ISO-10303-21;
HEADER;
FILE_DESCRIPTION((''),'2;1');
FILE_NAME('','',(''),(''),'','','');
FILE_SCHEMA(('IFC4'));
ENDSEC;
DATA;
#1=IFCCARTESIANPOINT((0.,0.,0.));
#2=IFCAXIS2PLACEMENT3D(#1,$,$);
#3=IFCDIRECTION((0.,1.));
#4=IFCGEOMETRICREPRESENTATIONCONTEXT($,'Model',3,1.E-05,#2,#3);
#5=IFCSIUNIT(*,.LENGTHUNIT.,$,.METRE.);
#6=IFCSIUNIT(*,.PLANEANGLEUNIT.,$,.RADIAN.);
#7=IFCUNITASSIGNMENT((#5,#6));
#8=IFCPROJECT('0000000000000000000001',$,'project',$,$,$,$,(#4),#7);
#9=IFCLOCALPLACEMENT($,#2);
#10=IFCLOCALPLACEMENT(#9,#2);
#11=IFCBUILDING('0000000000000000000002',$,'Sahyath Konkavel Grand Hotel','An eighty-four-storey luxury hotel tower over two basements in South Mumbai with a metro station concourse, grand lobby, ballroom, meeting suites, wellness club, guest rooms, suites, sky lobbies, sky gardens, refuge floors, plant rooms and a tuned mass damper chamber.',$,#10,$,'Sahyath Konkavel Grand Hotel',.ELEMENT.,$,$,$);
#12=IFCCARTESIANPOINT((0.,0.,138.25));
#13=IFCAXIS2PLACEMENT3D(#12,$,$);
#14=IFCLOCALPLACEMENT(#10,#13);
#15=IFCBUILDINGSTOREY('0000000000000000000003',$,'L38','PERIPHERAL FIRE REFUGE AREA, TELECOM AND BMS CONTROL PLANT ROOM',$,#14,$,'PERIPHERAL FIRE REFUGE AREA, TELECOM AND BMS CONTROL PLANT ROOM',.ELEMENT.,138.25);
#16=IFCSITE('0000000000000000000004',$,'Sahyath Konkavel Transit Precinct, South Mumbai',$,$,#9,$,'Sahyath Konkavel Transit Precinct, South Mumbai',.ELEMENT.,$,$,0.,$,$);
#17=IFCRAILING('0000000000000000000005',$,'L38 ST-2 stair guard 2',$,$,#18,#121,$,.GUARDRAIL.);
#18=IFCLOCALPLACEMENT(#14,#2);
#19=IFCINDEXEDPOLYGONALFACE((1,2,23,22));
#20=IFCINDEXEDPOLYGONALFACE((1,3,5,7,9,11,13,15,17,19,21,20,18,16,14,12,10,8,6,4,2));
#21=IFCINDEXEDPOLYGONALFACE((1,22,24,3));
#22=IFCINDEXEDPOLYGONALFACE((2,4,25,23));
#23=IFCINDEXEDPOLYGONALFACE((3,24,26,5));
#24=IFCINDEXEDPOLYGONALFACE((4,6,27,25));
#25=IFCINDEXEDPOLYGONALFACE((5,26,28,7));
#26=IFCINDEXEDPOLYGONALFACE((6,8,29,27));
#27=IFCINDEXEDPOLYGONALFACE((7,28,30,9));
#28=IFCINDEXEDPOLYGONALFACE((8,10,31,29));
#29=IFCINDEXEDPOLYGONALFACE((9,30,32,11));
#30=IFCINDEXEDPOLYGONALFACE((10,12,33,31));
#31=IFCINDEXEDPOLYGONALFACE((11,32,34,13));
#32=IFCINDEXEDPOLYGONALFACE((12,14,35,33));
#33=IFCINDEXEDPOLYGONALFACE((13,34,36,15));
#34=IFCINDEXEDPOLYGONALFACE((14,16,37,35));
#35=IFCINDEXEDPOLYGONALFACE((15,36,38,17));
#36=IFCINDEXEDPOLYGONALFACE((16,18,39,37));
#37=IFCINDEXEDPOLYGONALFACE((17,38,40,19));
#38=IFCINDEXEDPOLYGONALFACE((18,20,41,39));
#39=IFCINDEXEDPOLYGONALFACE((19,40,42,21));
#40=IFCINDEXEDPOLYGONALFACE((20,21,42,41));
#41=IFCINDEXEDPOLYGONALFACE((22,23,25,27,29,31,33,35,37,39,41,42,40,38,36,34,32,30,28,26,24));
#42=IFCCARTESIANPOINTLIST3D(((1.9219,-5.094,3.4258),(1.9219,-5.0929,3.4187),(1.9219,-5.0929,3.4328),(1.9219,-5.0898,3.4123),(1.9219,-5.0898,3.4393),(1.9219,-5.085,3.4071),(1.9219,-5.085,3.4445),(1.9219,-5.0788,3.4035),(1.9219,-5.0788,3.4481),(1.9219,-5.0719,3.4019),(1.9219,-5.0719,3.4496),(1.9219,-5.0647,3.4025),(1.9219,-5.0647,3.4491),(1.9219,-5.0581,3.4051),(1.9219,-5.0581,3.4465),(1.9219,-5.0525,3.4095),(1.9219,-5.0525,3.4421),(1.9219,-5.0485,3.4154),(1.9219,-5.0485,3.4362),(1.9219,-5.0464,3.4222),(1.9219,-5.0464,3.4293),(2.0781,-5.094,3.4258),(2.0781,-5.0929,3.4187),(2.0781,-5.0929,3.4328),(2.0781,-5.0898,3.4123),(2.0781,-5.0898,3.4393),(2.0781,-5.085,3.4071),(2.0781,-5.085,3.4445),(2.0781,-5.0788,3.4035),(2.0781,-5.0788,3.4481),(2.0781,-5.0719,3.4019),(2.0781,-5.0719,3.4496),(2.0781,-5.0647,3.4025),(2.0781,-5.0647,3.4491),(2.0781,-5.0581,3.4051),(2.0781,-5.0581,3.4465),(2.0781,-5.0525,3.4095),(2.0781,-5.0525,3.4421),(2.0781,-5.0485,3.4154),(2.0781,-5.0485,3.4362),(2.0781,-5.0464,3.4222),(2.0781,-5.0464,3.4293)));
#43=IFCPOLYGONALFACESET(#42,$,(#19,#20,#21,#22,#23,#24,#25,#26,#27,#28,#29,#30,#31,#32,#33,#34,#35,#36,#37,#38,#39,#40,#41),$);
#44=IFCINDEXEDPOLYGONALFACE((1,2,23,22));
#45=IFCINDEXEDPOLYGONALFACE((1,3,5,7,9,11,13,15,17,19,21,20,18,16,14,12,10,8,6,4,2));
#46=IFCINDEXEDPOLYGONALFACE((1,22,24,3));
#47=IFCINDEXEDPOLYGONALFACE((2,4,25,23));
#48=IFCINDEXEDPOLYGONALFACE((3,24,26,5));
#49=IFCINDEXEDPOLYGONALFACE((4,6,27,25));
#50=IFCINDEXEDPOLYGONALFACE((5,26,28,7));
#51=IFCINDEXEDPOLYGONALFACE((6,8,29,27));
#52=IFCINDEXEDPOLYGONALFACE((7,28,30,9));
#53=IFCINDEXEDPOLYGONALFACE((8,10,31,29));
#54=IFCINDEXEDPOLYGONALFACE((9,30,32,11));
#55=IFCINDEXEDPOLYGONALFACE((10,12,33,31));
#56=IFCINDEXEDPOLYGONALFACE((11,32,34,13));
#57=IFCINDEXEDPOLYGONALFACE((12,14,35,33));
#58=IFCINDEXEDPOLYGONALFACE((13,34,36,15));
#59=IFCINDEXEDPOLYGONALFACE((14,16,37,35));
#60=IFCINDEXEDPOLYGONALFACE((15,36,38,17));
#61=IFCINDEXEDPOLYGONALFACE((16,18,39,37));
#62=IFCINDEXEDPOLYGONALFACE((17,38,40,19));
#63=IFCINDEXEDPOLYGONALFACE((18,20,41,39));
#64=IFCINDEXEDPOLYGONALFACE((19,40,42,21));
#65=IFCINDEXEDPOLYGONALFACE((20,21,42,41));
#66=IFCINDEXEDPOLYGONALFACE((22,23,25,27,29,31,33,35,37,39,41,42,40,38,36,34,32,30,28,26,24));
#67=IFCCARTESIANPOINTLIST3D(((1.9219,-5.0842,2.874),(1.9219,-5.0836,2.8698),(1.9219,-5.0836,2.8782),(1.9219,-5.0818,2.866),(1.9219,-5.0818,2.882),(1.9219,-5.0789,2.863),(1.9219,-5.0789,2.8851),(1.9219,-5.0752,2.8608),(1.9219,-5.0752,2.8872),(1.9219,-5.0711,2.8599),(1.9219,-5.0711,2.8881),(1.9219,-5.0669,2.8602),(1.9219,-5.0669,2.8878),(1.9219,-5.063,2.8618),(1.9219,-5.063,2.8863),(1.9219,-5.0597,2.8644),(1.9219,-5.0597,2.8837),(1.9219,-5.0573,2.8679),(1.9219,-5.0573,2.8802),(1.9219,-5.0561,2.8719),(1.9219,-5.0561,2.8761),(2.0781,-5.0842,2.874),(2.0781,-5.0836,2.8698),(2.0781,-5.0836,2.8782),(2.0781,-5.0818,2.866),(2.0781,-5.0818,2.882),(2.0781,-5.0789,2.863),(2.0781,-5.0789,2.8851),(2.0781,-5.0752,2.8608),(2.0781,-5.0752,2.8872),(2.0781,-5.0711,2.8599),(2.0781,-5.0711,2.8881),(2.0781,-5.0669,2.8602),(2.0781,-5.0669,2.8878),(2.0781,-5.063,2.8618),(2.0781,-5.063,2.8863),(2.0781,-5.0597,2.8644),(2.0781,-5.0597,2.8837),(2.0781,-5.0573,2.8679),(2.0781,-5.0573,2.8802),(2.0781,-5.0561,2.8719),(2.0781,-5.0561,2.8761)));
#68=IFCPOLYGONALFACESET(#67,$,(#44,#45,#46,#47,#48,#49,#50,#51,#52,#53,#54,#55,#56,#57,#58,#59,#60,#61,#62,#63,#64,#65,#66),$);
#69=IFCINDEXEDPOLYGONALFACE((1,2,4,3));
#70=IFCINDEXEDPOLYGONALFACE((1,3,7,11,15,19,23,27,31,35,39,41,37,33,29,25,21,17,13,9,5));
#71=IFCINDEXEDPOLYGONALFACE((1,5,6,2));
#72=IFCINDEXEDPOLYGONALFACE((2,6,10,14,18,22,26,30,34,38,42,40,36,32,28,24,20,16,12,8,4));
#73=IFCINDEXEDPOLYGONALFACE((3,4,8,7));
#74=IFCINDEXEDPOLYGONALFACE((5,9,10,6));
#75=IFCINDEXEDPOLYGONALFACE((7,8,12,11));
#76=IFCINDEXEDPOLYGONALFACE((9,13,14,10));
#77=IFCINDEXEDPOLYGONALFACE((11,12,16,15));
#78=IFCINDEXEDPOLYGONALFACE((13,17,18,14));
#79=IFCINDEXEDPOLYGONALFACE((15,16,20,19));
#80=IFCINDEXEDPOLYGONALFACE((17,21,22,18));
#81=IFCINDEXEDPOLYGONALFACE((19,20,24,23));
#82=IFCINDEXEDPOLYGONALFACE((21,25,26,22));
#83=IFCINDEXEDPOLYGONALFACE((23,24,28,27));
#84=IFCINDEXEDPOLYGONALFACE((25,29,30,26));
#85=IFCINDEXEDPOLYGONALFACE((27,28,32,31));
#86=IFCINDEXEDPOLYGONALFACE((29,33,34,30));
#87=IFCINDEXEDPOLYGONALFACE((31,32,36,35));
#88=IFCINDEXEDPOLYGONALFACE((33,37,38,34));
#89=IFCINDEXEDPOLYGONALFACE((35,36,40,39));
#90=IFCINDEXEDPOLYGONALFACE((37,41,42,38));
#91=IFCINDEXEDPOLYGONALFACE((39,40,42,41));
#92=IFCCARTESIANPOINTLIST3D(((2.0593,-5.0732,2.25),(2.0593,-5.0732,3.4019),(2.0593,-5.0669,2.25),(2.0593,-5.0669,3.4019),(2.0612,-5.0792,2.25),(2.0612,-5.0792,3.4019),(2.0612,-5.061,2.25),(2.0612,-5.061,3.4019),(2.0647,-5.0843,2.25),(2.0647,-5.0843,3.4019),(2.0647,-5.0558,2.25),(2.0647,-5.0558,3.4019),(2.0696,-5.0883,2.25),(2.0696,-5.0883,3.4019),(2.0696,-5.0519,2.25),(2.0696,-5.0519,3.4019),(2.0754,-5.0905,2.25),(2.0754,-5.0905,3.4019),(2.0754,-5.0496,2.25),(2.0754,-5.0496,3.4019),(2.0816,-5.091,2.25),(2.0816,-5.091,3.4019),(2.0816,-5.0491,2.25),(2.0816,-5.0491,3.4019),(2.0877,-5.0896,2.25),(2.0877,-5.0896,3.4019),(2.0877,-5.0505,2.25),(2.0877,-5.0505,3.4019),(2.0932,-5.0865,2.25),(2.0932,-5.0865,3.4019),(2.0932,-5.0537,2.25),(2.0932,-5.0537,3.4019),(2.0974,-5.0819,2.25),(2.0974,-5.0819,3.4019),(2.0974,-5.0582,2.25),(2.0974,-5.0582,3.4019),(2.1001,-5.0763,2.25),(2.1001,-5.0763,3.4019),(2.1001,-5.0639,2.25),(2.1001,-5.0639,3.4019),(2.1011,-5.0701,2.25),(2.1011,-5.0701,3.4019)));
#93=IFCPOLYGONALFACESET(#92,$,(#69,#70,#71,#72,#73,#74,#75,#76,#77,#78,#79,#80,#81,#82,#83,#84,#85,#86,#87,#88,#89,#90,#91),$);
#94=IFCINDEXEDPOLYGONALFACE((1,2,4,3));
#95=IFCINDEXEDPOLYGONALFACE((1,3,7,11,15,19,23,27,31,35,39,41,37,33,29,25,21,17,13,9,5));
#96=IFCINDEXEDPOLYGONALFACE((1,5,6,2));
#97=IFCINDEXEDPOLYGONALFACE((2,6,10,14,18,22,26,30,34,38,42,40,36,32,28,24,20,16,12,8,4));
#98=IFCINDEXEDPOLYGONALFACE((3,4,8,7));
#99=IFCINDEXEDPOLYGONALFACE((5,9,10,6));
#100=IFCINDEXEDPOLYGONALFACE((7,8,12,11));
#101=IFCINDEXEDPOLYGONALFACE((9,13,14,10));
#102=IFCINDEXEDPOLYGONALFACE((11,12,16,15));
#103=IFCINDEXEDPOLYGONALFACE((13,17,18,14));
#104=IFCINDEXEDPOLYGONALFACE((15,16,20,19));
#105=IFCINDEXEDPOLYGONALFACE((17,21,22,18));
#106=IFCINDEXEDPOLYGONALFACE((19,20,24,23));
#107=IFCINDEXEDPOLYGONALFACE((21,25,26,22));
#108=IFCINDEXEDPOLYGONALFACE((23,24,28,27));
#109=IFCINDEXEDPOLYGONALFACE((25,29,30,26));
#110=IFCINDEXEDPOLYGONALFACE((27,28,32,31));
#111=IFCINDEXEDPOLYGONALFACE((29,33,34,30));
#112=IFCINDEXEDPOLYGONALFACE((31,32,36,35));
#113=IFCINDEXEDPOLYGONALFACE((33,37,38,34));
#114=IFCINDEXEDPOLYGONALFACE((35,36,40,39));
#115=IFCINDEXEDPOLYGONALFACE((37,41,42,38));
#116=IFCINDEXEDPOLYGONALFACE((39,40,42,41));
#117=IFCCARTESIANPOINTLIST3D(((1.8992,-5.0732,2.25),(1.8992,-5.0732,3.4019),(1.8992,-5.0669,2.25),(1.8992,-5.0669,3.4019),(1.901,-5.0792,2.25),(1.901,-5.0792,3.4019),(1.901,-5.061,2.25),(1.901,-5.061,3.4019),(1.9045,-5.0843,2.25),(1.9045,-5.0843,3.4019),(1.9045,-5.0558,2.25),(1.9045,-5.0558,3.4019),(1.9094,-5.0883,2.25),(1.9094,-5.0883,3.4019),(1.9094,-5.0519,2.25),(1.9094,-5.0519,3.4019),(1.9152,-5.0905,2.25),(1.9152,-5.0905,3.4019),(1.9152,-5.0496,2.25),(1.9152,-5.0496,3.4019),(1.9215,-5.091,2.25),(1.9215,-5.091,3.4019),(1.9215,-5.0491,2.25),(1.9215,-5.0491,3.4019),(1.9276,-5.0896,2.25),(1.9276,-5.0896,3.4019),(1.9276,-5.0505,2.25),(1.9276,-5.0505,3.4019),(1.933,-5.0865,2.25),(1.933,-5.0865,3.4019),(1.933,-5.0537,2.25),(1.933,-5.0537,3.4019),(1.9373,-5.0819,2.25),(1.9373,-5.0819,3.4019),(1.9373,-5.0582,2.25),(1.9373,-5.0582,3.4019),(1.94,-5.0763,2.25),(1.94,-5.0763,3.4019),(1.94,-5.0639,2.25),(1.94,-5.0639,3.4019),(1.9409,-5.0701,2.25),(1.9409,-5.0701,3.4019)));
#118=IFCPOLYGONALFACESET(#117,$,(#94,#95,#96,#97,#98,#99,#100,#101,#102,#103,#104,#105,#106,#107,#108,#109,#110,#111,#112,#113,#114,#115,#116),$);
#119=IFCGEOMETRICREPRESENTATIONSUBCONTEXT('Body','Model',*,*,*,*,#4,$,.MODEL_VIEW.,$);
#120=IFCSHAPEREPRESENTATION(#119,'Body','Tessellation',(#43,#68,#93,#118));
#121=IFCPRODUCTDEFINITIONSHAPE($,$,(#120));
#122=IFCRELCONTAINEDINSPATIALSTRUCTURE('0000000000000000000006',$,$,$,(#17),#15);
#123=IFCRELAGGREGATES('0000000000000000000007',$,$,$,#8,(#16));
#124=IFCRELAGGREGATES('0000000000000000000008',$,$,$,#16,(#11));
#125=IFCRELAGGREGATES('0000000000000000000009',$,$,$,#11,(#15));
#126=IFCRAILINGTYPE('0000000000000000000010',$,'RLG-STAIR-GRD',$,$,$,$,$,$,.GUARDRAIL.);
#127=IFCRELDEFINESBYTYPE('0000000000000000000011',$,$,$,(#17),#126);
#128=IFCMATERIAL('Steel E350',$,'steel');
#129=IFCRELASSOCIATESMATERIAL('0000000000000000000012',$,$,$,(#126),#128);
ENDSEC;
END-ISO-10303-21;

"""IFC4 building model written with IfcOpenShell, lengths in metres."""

from ifc_helpers import new_model, si_unit, direction, frame, origin, origin_2d, place, context, subcontext, project, spatial, circle, extrude, material, type_object, element, save


model = new_model("IFC4")

# Units and contexts
model_context = context("Model", 3, precision=1e-05, world=origin(), true_north=direction((0.0, 1.0)))
body_context = subcontext(model_context, "Body", "Model", "MODEL_VIEW")
ifc_project = project(units=[si_unit("LENGTHUNIT", "METRE"), si_unit("PLANEANGLEUNIT", "RADIAN")], contexts=[model_context])

# Site, building, storey
site_placement = place(None, origin())
site = spatial("IfcSite", under=ifc_project, at=site_placement, Name="Sahyath Konkavel Transit Precinct, South Mumbai", LongName="Sahyath Konkavel Transit Precinct, South Mumbai", CompositionType="ELEMENT", RefElevation=0.0)
building_placement = place(site_placement, origin())
building = spatial("IfcBuilding", under=site, at=building_placement, Name="Sahyath Konkavel Grand Hotel", Description="An eighty-four-storey luxury hotel tower over two basements in South Mumbai with a metro station concourse, grand lobby, ballroom, meeting suites, wellness club, guest rooms, suites, sky lobbies, sky gardens, refuge floors, plant rooms and a tuned mass damper chamber.", LongName="Sahyath Konkavel Grand Hotel", CompositionType="ELEMENT")
storey_placement = place(building_placement, frame((0.0, 0.0, 138.25)))
storey = spatial("IfcBuildingStorey", under=building, at=storey_placement, Name="L38", Description="PERIPHERAL FIRE REFUGE AREA, TELECOM AND BMS CONTROL PLANT ROOM", LongName="PERIPHERAL FIRE REFUGE AREA, TELECOM AND BMS CONTROL PLANT ROOM", CompositionType="ELEMENT", Elevation=138.25)

# Shared definitions
ifc_material_1 = material(Name="Steel E350", Category="steel")

# Railing
railing_type_1 = type_object("IfcRailingType", Name="RLG-STAIR-GRD", PredefinedType="GUARDRAIL", material=ifc_material_1)
railing_1_placement = place(storey_placement, frame((2.0801, -5.0701, 2.25)))
element("IfcRailing", 1, at=railing_1_placement, inside=storey, type_object=railing_type_1, Name="L38 ST-2 stair guard 2", PredefinedType="GUARDRAIL", context=body_context, shape_type="SweptSolid", body=[
    extrude(circle(Radius=0.0239, at=origin_2d()), frame((-0.002, 0.0, 1.1758), z_axis=(-1.0, 0.0, 0.0), x_axis=(0.0, -1.0, 0.0)), (0.0, 0.0, 1.0), 0.1562),
    extrude(circle(Radius=0.0142, at=origin_2d()), frame((-0.002, 0.0, 0.624), z_axis=(-1.0, 0.0, 0.0), x_axis=(0.0, -1.0, 0.0)), (0.0, 0.0, 1.0), 0.1562),
    extrude(circle(Radius=0.021, at=origin_2d()), origin(), (0.0, 0.0, 1.0), 1.1519),
    extrude(circle(Radius=0.021, at=origin_2d()), frame((-0.1602, 0.0, 0.0)), (0.0, 0.0, 1.0), 1.1519),
])

save(model, "model.ifc")
